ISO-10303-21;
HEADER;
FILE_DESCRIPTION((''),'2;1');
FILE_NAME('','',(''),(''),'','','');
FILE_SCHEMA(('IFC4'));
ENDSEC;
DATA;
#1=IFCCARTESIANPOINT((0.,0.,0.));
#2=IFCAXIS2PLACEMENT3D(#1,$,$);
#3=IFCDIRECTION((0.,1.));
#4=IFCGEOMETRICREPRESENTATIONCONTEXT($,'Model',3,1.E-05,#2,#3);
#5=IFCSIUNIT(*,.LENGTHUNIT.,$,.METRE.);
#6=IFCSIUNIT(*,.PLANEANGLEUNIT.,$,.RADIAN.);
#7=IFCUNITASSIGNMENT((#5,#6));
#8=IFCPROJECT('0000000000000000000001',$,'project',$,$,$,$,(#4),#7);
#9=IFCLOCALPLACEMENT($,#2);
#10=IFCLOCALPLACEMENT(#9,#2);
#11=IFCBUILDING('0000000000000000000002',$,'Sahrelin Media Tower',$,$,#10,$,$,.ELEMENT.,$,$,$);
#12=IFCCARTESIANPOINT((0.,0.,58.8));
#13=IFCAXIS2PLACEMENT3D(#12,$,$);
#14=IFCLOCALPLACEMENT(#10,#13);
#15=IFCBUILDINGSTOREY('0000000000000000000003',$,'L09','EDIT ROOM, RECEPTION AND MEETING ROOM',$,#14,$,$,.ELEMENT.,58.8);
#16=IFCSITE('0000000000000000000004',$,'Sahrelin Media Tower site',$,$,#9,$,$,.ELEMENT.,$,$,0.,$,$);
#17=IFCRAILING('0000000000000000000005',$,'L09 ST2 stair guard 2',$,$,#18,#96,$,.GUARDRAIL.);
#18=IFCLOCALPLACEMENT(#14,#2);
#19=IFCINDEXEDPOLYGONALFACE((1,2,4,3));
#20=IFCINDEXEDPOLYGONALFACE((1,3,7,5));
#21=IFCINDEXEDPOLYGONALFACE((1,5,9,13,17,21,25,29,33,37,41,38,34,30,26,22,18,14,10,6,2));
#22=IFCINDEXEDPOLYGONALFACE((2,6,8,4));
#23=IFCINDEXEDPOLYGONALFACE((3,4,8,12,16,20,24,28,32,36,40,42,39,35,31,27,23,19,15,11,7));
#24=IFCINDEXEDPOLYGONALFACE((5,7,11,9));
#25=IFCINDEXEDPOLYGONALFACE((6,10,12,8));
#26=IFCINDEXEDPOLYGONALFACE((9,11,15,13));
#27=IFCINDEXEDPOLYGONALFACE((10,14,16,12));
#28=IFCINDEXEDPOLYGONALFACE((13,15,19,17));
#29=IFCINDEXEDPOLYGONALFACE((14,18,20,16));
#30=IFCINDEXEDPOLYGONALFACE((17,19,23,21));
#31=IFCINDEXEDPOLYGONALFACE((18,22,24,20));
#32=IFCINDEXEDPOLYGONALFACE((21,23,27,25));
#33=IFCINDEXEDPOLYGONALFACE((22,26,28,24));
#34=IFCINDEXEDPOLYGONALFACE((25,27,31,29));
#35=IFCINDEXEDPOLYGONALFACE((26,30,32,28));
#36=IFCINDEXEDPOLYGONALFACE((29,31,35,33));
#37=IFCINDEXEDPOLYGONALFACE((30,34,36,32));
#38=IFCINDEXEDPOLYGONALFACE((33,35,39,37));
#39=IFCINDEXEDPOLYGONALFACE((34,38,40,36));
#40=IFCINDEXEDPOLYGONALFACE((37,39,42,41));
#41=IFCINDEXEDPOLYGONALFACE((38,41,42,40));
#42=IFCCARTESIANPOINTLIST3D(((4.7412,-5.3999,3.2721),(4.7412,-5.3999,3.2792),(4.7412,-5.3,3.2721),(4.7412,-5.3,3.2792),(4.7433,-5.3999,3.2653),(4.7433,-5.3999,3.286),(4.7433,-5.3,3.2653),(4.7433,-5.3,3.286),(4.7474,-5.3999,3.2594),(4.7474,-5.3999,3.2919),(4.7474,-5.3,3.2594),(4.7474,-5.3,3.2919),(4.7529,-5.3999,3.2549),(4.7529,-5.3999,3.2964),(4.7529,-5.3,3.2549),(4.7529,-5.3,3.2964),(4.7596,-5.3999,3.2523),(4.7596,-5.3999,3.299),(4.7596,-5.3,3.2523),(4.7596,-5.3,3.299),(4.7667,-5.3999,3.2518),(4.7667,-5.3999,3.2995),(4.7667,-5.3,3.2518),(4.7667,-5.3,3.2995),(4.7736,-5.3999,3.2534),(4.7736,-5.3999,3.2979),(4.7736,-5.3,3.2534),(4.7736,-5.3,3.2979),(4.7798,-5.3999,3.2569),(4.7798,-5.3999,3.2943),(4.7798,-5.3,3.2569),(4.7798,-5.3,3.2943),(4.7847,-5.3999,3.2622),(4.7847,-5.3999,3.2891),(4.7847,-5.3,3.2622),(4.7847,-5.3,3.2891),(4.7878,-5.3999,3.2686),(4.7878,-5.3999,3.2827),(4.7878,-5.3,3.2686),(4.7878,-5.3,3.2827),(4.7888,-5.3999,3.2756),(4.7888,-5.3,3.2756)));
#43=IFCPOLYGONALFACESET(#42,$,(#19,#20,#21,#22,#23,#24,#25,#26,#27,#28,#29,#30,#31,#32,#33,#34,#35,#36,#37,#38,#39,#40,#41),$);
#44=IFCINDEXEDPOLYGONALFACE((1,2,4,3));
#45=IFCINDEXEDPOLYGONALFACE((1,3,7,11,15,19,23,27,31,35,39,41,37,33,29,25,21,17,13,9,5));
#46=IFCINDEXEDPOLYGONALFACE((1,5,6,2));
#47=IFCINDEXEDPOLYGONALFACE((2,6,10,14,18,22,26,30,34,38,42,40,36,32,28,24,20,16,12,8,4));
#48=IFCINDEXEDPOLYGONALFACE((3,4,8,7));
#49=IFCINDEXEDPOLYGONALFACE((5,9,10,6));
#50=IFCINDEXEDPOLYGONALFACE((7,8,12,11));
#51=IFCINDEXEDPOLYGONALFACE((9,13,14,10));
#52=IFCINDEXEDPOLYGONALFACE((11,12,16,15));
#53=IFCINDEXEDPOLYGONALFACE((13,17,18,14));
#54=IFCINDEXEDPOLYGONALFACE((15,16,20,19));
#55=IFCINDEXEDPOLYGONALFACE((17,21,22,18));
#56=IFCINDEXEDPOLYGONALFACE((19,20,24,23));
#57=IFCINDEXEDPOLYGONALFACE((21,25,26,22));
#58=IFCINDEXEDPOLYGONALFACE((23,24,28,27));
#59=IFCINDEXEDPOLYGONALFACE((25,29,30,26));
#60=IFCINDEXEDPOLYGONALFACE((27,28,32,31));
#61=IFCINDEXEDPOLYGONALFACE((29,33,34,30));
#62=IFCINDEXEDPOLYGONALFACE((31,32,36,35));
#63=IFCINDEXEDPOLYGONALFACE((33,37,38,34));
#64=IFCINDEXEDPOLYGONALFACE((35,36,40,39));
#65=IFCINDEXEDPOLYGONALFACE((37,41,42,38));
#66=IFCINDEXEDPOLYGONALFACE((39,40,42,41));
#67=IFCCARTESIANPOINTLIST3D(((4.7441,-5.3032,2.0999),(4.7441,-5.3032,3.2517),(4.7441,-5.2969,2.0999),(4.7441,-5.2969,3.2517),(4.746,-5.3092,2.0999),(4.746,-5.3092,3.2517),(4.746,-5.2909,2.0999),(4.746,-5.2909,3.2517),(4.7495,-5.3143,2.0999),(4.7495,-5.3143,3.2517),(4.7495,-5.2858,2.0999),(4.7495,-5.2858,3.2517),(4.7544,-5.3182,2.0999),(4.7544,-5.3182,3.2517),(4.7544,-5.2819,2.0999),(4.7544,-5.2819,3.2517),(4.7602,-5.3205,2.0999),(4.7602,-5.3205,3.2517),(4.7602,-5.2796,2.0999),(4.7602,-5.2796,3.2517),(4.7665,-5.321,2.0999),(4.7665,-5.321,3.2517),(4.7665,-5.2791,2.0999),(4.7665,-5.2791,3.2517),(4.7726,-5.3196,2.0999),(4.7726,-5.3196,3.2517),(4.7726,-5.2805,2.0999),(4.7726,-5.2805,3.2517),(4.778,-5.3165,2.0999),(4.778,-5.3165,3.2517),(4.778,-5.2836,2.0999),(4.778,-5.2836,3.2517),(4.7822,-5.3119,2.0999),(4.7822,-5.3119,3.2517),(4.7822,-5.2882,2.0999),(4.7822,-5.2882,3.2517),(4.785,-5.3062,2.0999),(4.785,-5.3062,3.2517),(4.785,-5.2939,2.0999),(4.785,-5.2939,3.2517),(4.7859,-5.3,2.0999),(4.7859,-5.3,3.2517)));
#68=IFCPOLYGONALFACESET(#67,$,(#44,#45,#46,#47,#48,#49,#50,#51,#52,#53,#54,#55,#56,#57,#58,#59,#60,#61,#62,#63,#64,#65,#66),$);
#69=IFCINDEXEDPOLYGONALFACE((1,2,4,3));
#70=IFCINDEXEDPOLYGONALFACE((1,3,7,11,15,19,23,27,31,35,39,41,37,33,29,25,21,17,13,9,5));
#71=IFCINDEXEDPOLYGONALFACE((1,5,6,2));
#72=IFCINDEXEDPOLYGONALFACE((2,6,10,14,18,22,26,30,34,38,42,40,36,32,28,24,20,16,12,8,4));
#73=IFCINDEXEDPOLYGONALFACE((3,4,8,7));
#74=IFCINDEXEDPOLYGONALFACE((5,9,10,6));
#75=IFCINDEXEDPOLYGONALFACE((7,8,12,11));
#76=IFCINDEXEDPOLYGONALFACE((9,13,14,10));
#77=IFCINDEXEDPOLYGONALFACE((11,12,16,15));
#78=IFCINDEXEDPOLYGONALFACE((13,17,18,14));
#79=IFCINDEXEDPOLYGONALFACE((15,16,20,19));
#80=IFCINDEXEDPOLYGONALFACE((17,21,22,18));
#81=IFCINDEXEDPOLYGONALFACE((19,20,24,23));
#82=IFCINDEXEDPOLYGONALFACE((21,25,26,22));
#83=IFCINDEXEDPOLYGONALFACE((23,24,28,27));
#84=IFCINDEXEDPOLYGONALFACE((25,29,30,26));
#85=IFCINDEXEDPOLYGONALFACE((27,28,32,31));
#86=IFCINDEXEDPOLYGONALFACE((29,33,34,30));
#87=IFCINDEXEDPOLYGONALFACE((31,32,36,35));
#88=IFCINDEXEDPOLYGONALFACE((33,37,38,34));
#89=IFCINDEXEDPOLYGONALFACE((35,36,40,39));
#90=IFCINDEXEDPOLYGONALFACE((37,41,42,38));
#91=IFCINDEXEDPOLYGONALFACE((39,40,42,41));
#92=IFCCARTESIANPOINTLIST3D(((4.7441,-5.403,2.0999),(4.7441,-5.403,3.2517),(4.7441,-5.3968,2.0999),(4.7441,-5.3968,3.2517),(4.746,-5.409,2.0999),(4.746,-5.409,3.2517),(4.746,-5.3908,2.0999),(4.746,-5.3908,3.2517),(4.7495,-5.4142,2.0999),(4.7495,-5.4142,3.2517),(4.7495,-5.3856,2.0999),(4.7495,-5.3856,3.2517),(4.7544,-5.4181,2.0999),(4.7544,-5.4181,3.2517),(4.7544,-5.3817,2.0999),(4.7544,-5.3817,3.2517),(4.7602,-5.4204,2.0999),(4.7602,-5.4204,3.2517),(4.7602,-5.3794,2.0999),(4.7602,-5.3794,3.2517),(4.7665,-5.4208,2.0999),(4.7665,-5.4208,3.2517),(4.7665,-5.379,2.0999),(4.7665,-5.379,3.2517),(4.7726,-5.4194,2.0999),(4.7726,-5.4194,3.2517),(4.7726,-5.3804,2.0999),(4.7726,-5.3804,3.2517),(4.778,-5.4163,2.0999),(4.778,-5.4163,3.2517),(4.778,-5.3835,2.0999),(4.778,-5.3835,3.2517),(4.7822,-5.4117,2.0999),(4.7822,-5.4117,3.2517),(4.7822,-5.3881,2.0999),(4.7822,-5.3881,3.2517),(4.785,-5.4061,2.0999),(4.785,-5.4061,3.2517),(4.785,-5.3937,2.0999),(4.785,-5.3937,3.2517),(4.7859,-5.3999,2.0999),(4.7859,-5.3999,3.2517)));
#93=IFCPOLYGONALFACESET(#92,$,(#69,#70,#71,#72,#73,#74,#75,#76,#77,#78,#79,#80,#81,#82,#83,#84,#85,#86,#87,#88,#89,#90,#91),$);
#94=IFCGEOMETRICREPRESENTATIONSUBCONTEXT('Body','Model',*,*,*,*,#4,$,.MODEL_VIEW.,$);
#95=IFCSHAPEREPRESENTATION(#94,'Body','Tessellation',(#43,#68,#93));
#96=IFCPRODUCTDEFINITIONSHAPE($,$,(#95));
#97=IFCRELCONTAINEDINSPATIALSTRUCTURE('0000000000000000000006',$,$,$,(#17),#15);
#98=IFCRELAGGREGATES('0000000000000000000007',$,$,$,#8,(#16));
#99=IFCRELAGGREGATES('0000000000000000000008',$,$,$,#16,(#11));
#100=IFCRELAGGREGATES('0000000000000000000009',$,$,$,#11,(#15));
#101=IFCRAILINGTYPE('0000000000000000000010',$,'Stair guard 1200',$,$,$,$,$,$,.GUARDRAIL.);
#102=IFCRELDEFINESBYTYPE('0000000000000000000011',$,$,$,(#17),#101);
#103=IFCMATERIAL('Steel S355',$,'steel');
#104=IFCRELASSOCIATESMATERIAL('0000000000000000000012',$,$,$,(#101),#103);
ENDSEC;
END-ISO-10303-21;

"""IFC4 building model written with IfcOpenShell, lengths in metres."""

from ifc_helpers import new_model, si_unit, direction, frame, origin, origin_2d, place, context, subcontext, project, spatial, circle, extrude, material, type_object, element, save


model = new_model("IFC4")

# Units and contexts
model_context = context("Model", 3, precision=1e-05, world=origin(), true_north=direction((0.0, 1.0)))
body_context = subcontext(model_context, "Body", "Model", "MODEL_VIEW")
ifc_project = project(units=[si_unit("LENGTHUNIT", "METRE"), si_unit("PLANEANGLEUNIT", "RADIAN")], contexts=[model_context])

# Site, building, storey
site_placement = place(None, origin())
site = spatial("IfcSite", under=ifc_project, at=site_placement, Name="Sahrelin Media Tower site", CompositionType="ELEMENT", RefElevation=0.0)
building_placement = place(site_placement, origin())
building = spatial("IfcBuilding", under=site, at=building_placement, Name="Sahrelin Media Tower", CompositionType="ELEMENT")
storey_placement = place(building_placement, frame((0.0, 0.0, 58.8)))
storey = spatial("IfcBuildingStorey", under=building, at=storey_placement, Name="L09", Description="EDIT ROOM, RECEPTION AND MEETING ROOM", CompositionType="ELEMENT", Elevation=58.8)

# Railing
ifc_material_1 = material(Name="Steel S355", Category="steel")
railing_type_1 = type_object("IfcRailingType", Name="Stair guard 1200", PredefinedType="GUARDRAIL", material=ifc_material_1)
railing_1_placement = place(storey_placement, frame((4.7649, -5.3, 2.0999)))
element("IfcRailing", 1, at=railing_1_placement, inside=storey, type_object=railing_type_1, Name="L09 ST2 stair guard 2", PredefinedType="GUARDRAIL", context=body_context, shape_type="SweptSolid", body=[
    extrude(circle(Radius=0.0239, at=origin_2d()), frame((0.0, 0.0, 1.1758), z_axis=(0.0, -1.0, 0.0), x_axis=(1.0, 0.0, 0.0)), (0.0, 0.0, 1.0), 0.0999),
    extrude(circle(Radius=0.021, at=origin_2d()), origin(), (0.0, 0.0, 1.0), 1.1519),
    extrude(circle(Radius=0.021, at=origin_2d()), frame((0.0, -0.0999, 0.0)), (0.0, 0.0, 1.0), 1.1519),
])

save(model, "model.ifc")
